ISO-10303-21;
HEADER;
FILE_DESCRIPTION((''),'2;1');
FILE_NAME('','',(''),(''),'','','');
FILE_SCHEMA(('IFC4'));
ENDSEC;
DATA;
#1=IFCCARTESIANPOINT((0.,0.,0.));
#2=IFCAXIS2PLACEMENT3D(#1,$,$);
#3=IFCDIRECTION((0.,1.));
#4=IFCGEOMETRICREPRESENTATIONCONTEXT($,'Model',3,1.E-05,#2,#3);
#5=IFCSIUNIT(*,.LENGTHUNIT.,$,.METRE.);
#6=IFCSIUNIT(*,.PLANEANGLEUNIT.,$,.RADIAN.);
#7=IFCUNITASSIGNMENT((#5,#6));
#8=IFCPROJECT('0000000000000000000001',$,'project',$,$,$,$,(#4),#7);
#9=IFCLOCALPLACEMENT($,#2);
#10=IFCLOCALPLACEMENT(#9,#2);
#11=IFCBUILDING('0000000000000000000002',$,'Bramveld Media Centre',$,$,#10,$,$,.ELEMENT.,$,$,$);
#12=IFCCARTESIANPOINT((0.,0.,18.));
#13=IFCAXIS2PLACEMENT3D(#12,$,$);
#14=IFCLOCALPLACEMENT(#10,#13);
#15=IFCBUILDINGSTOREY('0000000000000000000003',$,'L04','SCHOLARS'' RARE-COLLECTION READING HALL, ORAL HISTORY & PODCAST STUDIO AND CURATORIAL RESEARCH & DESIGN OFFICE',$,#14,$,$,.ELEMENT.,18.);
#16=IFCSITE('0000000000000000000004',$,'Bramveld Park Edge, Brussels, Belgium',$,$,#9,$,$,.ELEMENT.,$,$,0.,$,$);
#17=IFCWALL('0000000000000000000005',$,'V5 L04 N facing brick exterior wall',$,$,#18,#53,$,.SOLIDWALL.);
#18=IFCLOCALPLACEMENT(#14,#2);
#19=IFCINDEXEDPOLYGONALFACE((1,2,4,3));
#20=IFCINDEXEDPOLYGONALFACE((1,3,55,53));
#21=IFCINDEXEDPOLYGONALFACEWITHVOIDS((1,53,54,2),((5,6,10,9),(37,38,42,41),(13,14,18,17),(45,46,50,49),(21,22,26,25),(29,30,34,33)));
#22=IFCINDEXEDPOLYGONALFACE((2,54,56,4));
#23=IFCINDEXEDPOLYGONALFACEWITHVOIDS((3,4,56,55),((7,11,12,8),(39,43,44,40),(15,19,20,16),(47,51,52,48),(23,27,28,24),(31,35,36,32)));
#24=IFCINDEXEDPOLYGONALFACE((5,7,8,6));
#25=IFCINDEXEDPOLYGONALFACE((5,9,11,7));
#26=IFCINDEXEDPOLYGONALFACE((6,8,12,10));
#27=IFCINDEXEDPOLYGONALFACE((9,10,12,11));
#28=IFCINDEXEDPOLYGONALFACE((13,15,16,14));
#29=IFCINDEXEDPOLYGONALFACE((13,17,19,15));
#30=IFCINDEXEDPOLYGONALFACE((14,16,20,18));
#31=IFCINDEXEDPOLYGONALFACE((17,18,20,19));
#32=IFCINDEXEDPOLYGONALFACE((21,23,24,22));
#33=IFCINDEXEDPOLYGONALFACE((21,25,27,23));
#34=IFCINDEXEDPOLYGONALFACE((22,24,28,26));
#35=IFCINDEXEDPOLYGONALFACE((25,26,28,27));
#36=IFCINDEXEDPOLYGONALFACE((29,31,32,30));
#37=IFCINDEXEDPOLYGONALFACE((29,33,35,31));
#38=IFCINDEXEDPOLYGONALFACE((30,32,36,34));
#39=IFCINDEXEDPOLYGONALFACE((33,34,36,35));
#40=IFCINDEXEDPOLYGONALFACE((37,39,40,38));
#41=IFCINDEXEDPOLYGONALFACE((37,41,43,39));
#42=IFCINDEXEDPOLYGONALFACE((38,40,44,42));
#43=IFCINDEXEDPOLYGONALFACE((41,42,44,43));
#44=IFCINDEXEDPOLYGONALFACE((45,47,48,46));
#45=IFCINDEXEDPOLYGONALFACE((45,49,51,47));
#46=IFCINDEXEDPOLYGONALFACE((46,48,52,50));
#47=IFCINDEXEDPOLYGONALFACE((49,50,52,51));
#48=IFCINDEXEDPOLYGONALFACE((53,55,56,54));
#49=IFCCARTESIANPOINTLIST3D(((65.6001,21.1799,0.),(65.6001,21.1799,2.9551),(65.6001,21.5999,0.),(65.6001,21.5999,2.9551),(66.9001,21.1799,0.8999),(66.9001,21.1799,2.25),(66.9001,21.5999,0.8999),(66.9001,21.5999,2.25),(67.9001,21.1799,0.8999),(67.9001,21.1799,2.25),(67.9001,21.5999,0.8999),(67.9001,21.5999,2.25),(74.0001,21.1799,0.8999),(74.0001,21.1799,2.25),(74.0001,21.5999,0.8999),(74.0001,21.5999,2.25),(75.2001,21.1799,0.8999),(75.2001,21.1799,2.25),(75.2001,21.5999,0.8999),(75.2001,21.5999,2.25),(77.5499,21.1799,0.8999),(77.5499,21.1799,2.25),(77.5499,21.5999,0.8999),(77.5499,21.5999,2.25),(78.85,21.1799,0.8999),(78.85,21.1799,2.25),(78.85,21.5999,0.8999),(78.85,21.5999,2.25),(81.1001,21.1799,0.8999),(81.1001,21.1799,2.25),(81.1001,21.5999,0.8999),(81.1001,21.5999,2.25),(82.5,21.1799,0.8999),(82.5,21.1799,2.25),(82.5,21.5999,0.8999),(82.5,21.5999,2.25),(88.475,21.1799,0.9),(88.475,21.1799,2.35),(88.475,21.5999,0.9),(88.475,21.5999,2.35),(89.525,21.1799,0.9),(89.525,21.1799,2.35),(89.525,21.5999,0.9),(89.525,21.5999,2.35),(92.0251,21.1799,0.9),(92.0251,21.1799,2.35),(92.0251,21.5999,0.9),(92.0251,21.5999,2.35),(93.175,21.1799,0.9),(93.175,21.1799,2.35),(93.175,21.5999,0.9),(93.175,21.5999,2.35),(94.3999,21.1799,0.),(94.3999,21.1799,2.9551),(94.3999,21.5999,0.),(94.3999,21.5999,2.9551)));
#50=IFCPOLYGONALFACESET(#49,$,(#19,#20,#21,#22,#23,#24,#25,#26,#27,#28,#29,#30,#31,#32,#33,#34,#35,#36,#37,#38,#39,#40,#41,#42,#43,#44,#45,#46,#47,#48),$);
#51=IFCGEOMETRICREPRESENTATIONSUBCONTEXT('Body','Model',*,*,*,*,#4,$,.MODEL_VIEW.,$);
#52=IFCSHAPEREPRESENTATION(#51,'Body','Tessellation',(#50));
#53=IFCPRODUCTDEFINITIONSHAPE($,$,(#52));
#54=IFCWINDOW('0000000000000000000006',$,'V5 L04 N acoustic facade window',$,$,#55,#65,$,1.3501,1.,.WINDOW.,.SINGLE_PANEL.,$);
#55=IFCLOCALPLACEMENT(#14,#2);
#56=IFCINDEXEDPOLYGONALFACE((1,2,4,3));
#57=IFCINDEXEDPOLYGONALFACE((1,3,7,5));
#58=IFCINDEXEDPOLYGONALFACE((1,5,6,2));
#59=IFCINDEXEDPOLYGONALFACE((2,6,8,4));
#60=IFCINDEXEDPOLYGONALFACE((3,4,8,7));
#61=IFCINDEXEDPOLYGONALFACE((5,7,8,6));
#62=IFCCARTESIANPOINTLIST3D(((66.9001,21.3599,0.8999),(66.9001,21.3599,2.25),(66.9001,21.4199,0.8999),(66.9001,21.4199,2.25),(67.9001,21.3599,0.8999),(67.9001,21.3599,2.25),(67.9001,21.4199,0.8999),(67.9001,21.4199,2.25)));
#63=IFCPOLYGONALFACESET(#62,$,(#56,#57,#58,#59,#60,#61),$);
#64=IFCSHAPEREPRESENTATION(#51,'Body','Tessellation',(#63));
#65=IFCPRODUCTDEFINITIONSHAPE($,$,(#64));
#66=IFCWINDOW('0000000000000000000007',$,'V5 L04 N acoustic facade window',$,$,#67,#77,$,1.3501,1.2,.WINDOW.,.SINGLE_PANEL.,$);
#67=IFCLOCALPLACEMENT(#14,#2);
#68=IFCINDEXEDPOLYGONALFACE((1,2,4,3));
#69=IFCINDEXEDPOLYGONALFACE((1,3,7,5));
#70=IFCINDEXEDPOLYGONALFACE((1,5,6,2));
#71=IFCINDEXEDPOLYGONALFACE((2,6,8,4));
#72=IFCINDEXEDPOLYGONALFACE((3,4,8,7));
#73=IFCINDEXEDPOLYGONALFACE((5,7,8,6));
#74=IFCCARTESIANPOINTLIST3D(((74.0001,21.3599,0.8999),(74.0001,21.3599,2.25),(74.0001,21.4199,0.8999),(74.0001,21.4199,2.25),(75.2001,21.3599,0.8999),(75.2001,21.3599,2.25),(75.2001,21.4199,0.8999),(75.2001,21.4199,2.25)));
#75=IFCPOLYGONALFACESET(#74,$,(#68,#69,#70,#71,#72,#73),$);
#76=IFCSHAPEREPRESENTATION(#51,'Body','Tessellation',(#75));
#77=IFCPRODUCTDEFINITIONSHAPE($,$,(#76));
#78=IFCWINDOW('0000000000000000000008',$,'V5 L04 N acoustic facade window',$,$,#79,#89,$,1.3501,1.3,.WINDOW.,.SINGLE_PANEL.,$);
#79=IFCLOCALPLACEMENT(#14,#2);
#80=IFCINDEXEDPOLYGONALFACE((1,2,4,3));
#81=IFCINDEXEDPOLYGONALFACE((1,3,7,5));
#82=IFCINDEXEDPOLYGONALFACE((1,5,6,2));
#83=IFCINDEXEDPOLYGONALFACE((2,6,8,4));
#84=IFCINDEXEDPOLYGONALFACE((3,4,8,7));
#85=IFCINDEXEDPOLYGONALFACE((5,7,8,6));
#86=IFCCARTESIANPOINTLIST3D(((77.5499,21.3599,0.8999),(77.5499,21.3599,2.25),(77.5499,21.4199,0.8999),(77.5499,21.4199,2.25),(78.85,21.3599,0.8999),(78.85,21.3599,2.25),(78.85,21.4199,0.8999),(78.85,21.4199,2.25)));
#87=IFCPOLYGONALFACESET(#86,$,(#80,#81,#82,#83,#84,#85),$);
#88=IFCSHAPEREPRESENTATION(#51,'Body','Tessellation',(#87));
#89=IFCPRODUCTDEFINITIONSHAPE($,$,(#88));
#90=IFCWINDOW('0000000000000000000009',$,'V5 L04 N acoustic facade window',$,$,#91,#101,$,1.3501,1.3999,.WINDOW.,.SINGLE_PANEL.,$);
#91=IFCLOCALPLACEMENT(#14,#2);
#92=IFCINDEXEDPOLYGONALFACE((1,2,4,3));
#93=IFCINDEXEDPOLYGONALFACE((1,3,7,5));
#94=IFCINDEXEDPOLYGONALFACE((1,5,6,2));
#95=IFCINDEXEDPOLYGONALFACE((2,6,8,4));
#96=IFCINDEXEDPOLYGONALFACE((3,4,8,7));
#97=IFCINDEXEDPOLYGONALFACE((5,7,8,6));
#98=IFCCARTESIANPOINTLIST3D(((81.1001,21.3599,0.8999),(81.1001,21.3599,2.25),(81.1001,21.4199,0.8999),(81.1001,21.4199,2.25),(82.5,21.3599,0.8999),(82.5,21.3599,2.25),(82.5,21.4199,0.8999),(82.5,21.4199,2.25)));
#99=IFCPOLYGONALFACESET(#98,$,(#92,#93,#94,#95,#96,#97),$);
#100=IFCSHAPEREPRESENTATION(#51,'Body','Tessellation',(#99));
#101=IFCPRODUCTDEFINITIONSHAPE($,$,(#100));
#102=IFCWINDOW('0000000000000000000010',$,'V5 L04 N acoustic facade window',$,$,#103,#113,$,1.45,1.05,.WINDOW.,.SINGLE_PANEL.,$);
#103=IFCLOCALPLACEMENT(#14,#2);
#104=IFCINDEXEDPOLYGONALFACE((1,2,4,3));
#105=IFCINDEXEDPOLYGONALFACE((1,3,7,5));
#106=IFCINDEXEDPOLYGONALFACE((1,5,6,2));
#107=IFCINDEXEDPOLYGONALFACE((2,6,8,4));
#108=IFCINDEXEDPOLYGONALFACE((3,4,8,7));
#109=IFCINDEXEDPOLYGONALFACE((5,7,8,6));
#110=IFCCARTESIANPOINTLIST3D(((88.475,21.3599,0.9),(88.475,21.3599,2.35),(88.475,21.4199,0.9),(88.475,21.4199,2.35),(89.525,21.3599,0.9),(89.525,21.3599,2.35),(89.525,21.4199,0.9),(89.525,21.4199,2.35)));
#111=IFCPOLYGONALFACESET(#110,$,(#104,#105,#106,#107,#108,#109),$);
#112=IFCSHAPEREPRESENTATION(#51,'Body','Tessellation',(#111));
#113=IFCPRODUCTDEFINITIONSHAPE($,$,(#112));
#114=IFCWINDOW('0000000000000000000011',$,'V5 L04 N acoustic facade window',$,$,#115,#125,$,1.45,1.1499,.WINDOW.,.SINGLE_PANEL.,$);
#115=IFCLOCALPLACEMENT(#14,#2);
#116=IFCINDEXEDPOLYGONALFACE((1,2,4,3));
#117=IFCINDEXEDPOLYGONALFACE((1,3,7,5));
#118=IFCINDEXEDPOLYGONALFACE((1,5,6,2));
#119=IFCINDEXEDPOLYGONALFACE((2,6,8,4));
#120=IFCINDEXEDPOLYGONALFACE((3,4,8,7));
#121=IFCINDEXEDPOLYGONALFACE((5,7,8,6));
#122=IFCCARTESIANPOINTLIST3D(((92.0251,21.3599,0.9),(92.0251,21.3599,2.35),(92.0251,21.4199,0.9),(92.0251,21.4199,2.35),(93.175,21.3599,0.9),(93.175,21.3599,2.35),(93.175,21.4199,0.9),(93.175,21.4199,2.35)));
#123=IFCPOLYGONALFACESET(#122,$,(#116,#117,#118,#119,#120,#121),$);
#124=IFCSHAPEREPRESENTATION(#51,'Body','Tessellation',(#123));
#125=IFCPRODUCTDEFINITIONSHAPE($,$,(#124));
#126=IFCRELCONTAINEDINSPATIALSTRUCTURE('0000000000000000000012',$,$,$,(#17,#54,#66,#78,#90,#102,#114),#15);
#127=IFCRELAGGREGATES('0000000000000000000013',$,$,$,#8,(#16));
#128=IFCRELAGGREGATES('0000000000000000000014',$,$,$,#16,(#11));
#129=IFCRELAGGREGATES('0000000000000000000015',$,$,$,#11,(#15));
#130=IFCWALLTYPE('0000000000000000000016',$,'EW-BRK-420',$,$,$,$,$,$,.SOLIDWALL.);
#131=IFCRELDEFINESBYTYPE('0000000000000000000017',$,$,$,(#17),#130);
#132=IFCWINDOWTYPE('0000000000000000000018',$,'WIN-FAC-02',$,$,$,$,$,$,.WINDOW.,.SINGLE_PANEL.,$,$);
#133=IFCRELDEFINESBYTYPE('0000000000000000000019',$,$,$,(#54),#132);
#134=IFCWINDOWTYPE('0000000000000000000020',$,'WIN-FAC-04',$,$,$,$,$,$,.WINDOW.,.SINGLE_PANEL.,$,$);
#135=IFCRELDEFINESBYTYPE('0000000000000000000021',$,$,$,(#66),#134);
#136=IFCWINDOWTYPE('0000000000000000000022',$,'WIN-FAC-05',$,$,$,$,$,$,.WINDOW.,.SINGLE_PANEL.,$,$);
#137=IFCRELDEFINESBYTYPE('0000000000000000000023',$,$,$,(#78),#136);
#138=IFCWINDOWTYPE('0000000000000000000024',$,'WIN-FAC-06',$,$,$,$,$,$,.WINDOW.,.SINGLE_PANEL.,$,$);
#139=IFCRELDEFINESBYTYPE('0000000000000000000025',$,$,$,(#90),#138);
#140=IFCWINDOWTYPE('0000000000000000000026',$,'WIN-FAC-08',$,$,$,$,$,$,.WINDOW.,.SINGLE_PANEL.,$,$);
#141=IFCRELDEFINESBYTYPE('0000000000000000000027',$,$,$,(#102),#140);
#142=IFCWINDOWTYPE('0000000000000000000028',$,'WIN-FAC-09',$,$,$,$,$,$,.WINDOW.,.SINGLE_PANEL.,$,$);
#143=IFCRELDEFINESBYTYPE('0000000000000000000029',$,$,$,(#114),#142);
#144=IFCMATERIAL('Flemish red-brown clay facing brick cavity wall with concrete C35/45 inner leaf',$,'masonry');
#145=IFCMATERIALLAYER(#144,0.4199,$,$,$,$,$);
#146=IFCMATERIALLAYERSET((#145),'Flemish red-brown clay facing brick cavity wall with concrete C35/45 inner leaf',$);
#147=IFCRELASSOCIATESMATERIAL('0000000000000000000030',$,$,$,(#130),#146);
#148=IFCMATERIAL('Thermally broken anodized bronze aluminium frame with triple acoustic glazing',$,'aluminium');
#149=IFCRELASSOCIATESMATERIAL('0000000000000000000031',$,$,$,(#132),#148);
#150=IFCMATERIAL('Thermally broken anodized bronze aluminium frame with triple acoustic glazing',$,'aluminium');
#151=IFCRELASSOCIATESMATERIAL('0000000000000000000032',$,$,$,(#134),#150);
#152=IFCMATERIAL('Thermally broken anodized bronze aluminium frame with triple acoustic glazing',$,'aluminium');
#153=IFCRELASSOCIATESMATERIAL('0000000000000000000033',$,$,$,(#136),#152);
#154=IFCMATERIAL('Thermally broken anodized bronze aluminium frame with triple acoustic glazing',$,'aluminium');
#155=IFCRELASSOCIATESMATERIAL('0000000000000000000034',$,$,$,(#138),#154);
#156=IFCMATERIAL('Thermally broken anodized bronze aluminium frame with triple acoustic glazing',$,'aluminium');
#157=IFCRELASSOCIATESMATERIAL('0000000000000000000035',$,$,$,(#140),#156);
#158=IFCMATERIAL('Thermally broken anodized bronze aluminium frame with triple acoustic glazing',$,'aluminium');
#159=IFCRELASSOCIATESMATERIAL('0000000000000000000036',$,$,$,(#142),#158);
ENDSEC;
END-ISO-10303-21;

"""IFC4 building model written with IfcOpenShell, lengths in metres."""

from ifc_helpers import new_model, si_unit, direction, frame, frame_2d, origin, place, context, subcontext, project, spatial, rectangle, extrude, material, layer, layer_set, type_object, element, fill, save


model = new_model("IFC4")

# Units and contexts
model_context = context("Model", 3, precision=1e-05, world=origin(), true_north=direction((0.0, 1.0)))
body_context = subcontext(model_context, "Body", "Model", "MODEL_VIEW")
ifc_project = project(units=[si_unit("LENGTHUNIT", "METRE"), si_unit("PLANEANGLEUNIT", "RADIAN")], contexts=[model_context])

# Site, building, storey
site_placement = place(None, origin())
site = spatial("IfcSite", under=ifc_project, at=site_placement, Name="Bramveld Park Edge, Brussels, Belgium", CompositionType="ELEMENT", RefElevation=0.0)
building_placement = place(site_placement, origin())
building = spatial("IfcBuilding", under=site, at=building_placement, Name="Bramveld Media Centre", CompositionType="ELEMENT")
storey_placement = place(building_placement, frame((0.0, 0.0, 18.0)))
storey = spatial("IfcBuildingStorey", under=building, at=storey_placement, Name="L04", Description="SCHOLARS' RARE-COLLECTION READING HALL, ORAL HISTORY & PODCAST STUDIO AND CURATORIAL RESEARCH & DESIGN OFFICE", CompositionType="ELEMENT", Elevation=18.0)

# Wall, openings, windows
ifc_material_1 = material(Name="Flemish red-brown clay facing brick cavity wall with concrete C35/45 inner leaf", Category="masonry")
ifc_layer_1 = layer(ifc_material_1, 0.4199)
ifc_layer_set_1 = layer_set([ifc_layer_1], Name="Flemish red-brown clay facing brick cavity wall with concrete C35/45 inner leaf")
wall_type_1 = type_object("IfcWallType", Name="EW-BRK-420", PredefinedType="SOLIDWALL", material=ifc_layer_set_1)
wall_1_placement = place(storey_placement, frame((65.6001, 21.3899, 0.0), z_axis=(0.0, 0.0, 1.0), x_axis=(1.0, 0.0, 0.0)))
wall_1 = element("IfcWall", 1, at=wall_1_placement, inside=storey, type_object=wall_type_1, Name="V5 L04 N facing brick exterior wall", PredefinedType="SOLIDWALL", context=body_context, shape_type="SweptSolid", body=[
    extrude(rectangle(XDim=28.7998, YDim=0.4199, at=frame_2d((14.3999, 0.0))), origin(), (0.0, 0.0, 1.0), 2.9551),
])
opening_1_placement = place(wall_1_placement, frame((1.3, 0.0, 0.8999)))
opening_1 = element("IfcOpeningElement", 2, at=opening_1_placement, cuts=wall_1, PredefinedType="OPENING", context=body_context, shape_type="SweptSolid", body=[
    extrude(rectangle(XDim=1.0, YDim=1.3501, at=frame_2d((0.5, 0.675))), frame((0.0, 0.2219, 0.0), z_axis=(0.0, -1.0, 0.0), x_axis=(1.0, 0.0, 0.0)), (0.0, 0.0, 1.0), 0.4438),
])
opening_2_placement = place(wall_1_placement, frame((8.3999, 0.0, 0.8999)))
opening_2 = element("IfcOpeningElement", 3, at=opening_2_placement, cuts=wall_1, PredefinedType="OPENING", context=body_context, shape_type="SweptSolid", body=[
    extrude(rectangle(XDim=1.2, YDim=1.3501, at=frame_2d((0.6001, 0.675))), frame((0.0, 0.2219, 0.0), z_axis=(0.0, -1.0, 0.0), x_axis=(1.0, 0.0, 0.0)), (0.0, 0.0, 1.0), 0.4438),
])
opening_3_placement = place(wall_1_placement, frame((11.95, 0.0, 0.8999)))
opening_3 = element("IfcOpeningElement", 4, at=opening_3_placement, cuts=wall_1, PredefinedType="OPENING", context=body_context, shape_type="SweptSolid", body=[
    extrude(rectangle(XDim=1.3, YDim=1.3501, at=frame_2d((0.6499, 0.675))), frame((0.0, 0.2219, 0.0), z_axis=(0.0, -1.0, 0.0), x_axis=(1.0, 0.0, 0.0)), (0.0, 0.0, 1.0), 0.4438),
])
opening_4_placement = place(wall_1_placement, frame((15.5, 0.0, 0.8999)))
opening_4 = element("IfcOpeningElement", 5, at=opening_4_placement, cuts=wall_1, PredefinedType="OPENING", context=body_context, shape_type="SweptSolid", body=[
    extrude(rectangle(XDim=1.3999, YDim=1.3501, at=frame_2d((0.7, 0.675))), frame((0.0, 0.2219, 0.0), z_axis=(0.0, -1.0, 0.0), x_axis=(1.0, 0.0, 0.0)), (0.0, 0.0, 1.0), 0.4438),
])
opening_5_placement = place(wall_1_placement, frame((22.875, 0.0, 0.8999)))
opening_5 = element("IfcOpeningElement", 6, at=opening_5_placement, cuts=wall_1, PredefinedType="OPENING", context=body_context, shape_type="SweptSolid", body=[
    extrude(rectangle(XDim=1.05, YDim=1.45, at=frame_2d((0.5249, 0.7251))), frame((0.0, 0.2219, 0.0), z_axis=(0.0, -1.0, 0.0), x_axis=(1.0, 0.0, 0.0)), (0.0, 0.0, 1.0), 0.4438),
])
opening_6_placement = place(wall_1_placement, frame((26.425, 0.0, 0.8999)))
opening_6 = element("IfcOpeningElement", 7, at=opening_6_placement, cuts=wall_1, PredefinedType="OPENING", context=body_context, shape_type="SweptSolid", body=[
    extrude(rectangle(XDim=1.1499, YDim=1.45, at=frame_2d((0.575, 0.7251))), frame((0.0, 0.2219, 0.0), z_axis=(0.0, -1.0, 0.0), x_axis=(1.0, 0.0, 0.0)), (0.0, 0.0, 1.0), 0.4438),
])
ifc_material_2 = material(Name="Thermally broken anodized bronze aluminium frame with triple acoustic glazing", Category="aluminium")
window_type_1 = type_object("IfcWindowType", Name="WIN-FAC-02", PartitioningType="SINGLE_PANEL", PredefinedType="WINDOW", material=ifc_material_2)
window_1_placement = place(opening_1_placement, origin())
window_1 = element("IfcWindow", 8, at=window_1_placement, inside=storey, type_object=window_type_1, Name="V5 L04 N acoustic facade window", OverallHeight=1.3501, OverallWidth=1.0, PartitioningType="SINGLE_PANEL", PredefinedType="WINDOW", context=body_context, shape_type="SweptSolid", body=[
    extrude(rectangle(XDim=1.0, YDim=1.3501, at=frame_2d((0.5, 0.675))), frame((0.0, 0.03, 0.0), z_axis=(0.0, -1.0, 0.0), x_axis=(1.0, 0.0, 0.0)), (0.0, 0.0, 1.0), 0.0601),
])
fill(opening_1, window_1)
ifc_material_3 = material(Name="Thermally broken anodized bronze aluminium frame with triple acoustic glazing", Category="aluminium")
window_type_2 = type_object("IfcWindowType", Name="WIN-FAC-04", PartitioningType="SINGLE_PANEL", PredefinedType="WINDOW", material=ifc_material_3)
window_2_placement = place(opening_2_placement, origin())
window_2 = element("IfcWindow", 9, at=window_2_placement, inside=storey, type_object=window_type_2, Name="V5 L04 N acoustic facade window", OverallHeight=1.3501, OverallWidth=1.2, PartitioningType="SINGLE_PANEL", PredefinedType="WINDOW", context=body_context, shape_type="SweptSolid", body=[
    extrude(rectangle(XDim=1.2, YDim=1.3501, at=frame_2d((0.6001, 0.675))), frame((0.0, 0.03, 0.0), z_axis=(0.0, -1.0, 0.0), x_axis=(1.0, 0.0, 0.0)), (0.0, 0.0, 1.0), 0.0601),
])
fill(opening_2, window_2)
ifc_material_4 = material(Name="Thermally broken anodized bronze aluminium frame with triple acoustic glazing", Category="aluminium")
window_type_3 = type_object("IfcWindowType", Name="WIN-FAC-05", PartitioningType="SINGLE_PANEL", PredefinedType="WINDOW", material=ifc_material_4)
window_3_placement = place(opening_3_placement, origin())
window_3 = element("IfcWindow", 10, at=window_3_placement, inside=storey, type_object=window_type_3, Name="V5 L04 N acoustic facade window", OverallHeight=1.3501, OverallWidth=1.3, PartitioningType="SINGLE_PANEL", PredefinedType="WINDOW", context=body_context, shape_type="SweptSolid", body=[
    extrude(rectangle(XDim=1.3, YDim=1.3501, at=frame_2d((0.6499, 0.675))), frame((0.0, 0.03, 0.0), z_axis=(0.0, -1.0, 0.0), x_axis=(1.0, 0.0, 0.0)), (0.0, 0.0, 1.0), 0.0601),
])
fill(opening_3, window_3)
ifc_material_5 = material(Name="Thermally broken anodized bronze aluminium frame with triple acoustic glazing", Category="aluminium")
window_type_4 = type_object("IfcWindowType", Name="WIN-FAC-06", PartitioningType="SINGLE_PANEL", PredefinedType="WINDOW", material=ifc_material_5)
window_4_placement = place(opening_4_placement, origin())
window_4 = element("IfcWindow", 11, at=window_4_placement, inside=storey, type_object=window_type_4, Name="V5 L04 N acoustic facade window", OverallHeight=1.3501, OverallWidth=1.3999, PartitioningType="SINGLE_PANEL", PredefinedType="WINDOW", context=body_context, shape_type="SweptSolid", body=[
    extrude(rectangle(XDim=1.3999, YDim=1.3501, at=frame_2d((0.7, 0.675))), frame((0.0, 0.03, 0.0), z_axis=(0.0, -1.0, 0.0), x_axis=(1.0, 0.0, 0.0)), (0.0, 0.0, 1.0), 0.0601),
])
fill(opening_4, window_4)
ifc_material_6 = material(Name="Thermally broken anodized bronze aluminium frame with triple acoustic glazing", Category="aluminium")
window_type_5 = type_object("IfcWindowType", Name="WIN-FAC-08", PartitioningType="SINGLE_PANEL", PredefinedType="WINDOW", material=ifc_material_6)
window_5_placement = place(opening_5_placement, origin())
window_5 = element("IfcWindow", 12, at=window_5_placement, inside=storey, type_object=window_type_5, Name="V5 L04 N acoustic facade window", OverallHeight=1.45, OverallWidth=1.05, PartitioningType="SINGLE_PANEL", PredefinedType="WINDOW", context=body_context, shape_type="SweptSolid", body=[
    extrude(rectangle(XDim=1.05, YDim=1.45, at=frame_2d((0.5249, 0.7251))), frame((0.0, 0.03, 0.0), z_axis=(0.0, -1.0, 0.0), x_axis=(1.0, 0.0, 0.0)), (0.0, 0.0, 1.0), 0.0601),
])
fill(opening_5, window_5)
ifc_material_7 = material(Name="Thermally broken anodized bronze aluminium frame with triple acoustic glazing", Category="aluminium")
window_type_6 = type_object("IfcWindowType", Name="WIN-FAC-09", PartitioningType="SINGLE_PANEL", PredefinedType="WINDOW", material=ifc_material_7)
window_6_placement = place(opening_6_placement, origin())
window_6 = element("IfcWindow", 13, at=window_6_placement, inside=storey, type_object=window_type_6, Name="V5 L04 N acoustic facade window", OverallHeight=1.45, OverallWidth=1.1499, PartitioningType="SINGLE_PANEL", PredefinedType="WINDOW", context=body_context, shape_type="SweptSolid", body=[
    extrude(rectangle(XDim=1.1499, YDim=1.45, at=frame_2d((0.575, 0.7251))), frame((0.0, 0.03, 0.0), z_axis=(0.0, -1.0, 0.0), x_axis=(1.0, 0.0, 0.0)), (0.0, 0.0, 1.0), 0.0601),
])
fill(opening_6, window_6)

save(model, "model.ifc")
